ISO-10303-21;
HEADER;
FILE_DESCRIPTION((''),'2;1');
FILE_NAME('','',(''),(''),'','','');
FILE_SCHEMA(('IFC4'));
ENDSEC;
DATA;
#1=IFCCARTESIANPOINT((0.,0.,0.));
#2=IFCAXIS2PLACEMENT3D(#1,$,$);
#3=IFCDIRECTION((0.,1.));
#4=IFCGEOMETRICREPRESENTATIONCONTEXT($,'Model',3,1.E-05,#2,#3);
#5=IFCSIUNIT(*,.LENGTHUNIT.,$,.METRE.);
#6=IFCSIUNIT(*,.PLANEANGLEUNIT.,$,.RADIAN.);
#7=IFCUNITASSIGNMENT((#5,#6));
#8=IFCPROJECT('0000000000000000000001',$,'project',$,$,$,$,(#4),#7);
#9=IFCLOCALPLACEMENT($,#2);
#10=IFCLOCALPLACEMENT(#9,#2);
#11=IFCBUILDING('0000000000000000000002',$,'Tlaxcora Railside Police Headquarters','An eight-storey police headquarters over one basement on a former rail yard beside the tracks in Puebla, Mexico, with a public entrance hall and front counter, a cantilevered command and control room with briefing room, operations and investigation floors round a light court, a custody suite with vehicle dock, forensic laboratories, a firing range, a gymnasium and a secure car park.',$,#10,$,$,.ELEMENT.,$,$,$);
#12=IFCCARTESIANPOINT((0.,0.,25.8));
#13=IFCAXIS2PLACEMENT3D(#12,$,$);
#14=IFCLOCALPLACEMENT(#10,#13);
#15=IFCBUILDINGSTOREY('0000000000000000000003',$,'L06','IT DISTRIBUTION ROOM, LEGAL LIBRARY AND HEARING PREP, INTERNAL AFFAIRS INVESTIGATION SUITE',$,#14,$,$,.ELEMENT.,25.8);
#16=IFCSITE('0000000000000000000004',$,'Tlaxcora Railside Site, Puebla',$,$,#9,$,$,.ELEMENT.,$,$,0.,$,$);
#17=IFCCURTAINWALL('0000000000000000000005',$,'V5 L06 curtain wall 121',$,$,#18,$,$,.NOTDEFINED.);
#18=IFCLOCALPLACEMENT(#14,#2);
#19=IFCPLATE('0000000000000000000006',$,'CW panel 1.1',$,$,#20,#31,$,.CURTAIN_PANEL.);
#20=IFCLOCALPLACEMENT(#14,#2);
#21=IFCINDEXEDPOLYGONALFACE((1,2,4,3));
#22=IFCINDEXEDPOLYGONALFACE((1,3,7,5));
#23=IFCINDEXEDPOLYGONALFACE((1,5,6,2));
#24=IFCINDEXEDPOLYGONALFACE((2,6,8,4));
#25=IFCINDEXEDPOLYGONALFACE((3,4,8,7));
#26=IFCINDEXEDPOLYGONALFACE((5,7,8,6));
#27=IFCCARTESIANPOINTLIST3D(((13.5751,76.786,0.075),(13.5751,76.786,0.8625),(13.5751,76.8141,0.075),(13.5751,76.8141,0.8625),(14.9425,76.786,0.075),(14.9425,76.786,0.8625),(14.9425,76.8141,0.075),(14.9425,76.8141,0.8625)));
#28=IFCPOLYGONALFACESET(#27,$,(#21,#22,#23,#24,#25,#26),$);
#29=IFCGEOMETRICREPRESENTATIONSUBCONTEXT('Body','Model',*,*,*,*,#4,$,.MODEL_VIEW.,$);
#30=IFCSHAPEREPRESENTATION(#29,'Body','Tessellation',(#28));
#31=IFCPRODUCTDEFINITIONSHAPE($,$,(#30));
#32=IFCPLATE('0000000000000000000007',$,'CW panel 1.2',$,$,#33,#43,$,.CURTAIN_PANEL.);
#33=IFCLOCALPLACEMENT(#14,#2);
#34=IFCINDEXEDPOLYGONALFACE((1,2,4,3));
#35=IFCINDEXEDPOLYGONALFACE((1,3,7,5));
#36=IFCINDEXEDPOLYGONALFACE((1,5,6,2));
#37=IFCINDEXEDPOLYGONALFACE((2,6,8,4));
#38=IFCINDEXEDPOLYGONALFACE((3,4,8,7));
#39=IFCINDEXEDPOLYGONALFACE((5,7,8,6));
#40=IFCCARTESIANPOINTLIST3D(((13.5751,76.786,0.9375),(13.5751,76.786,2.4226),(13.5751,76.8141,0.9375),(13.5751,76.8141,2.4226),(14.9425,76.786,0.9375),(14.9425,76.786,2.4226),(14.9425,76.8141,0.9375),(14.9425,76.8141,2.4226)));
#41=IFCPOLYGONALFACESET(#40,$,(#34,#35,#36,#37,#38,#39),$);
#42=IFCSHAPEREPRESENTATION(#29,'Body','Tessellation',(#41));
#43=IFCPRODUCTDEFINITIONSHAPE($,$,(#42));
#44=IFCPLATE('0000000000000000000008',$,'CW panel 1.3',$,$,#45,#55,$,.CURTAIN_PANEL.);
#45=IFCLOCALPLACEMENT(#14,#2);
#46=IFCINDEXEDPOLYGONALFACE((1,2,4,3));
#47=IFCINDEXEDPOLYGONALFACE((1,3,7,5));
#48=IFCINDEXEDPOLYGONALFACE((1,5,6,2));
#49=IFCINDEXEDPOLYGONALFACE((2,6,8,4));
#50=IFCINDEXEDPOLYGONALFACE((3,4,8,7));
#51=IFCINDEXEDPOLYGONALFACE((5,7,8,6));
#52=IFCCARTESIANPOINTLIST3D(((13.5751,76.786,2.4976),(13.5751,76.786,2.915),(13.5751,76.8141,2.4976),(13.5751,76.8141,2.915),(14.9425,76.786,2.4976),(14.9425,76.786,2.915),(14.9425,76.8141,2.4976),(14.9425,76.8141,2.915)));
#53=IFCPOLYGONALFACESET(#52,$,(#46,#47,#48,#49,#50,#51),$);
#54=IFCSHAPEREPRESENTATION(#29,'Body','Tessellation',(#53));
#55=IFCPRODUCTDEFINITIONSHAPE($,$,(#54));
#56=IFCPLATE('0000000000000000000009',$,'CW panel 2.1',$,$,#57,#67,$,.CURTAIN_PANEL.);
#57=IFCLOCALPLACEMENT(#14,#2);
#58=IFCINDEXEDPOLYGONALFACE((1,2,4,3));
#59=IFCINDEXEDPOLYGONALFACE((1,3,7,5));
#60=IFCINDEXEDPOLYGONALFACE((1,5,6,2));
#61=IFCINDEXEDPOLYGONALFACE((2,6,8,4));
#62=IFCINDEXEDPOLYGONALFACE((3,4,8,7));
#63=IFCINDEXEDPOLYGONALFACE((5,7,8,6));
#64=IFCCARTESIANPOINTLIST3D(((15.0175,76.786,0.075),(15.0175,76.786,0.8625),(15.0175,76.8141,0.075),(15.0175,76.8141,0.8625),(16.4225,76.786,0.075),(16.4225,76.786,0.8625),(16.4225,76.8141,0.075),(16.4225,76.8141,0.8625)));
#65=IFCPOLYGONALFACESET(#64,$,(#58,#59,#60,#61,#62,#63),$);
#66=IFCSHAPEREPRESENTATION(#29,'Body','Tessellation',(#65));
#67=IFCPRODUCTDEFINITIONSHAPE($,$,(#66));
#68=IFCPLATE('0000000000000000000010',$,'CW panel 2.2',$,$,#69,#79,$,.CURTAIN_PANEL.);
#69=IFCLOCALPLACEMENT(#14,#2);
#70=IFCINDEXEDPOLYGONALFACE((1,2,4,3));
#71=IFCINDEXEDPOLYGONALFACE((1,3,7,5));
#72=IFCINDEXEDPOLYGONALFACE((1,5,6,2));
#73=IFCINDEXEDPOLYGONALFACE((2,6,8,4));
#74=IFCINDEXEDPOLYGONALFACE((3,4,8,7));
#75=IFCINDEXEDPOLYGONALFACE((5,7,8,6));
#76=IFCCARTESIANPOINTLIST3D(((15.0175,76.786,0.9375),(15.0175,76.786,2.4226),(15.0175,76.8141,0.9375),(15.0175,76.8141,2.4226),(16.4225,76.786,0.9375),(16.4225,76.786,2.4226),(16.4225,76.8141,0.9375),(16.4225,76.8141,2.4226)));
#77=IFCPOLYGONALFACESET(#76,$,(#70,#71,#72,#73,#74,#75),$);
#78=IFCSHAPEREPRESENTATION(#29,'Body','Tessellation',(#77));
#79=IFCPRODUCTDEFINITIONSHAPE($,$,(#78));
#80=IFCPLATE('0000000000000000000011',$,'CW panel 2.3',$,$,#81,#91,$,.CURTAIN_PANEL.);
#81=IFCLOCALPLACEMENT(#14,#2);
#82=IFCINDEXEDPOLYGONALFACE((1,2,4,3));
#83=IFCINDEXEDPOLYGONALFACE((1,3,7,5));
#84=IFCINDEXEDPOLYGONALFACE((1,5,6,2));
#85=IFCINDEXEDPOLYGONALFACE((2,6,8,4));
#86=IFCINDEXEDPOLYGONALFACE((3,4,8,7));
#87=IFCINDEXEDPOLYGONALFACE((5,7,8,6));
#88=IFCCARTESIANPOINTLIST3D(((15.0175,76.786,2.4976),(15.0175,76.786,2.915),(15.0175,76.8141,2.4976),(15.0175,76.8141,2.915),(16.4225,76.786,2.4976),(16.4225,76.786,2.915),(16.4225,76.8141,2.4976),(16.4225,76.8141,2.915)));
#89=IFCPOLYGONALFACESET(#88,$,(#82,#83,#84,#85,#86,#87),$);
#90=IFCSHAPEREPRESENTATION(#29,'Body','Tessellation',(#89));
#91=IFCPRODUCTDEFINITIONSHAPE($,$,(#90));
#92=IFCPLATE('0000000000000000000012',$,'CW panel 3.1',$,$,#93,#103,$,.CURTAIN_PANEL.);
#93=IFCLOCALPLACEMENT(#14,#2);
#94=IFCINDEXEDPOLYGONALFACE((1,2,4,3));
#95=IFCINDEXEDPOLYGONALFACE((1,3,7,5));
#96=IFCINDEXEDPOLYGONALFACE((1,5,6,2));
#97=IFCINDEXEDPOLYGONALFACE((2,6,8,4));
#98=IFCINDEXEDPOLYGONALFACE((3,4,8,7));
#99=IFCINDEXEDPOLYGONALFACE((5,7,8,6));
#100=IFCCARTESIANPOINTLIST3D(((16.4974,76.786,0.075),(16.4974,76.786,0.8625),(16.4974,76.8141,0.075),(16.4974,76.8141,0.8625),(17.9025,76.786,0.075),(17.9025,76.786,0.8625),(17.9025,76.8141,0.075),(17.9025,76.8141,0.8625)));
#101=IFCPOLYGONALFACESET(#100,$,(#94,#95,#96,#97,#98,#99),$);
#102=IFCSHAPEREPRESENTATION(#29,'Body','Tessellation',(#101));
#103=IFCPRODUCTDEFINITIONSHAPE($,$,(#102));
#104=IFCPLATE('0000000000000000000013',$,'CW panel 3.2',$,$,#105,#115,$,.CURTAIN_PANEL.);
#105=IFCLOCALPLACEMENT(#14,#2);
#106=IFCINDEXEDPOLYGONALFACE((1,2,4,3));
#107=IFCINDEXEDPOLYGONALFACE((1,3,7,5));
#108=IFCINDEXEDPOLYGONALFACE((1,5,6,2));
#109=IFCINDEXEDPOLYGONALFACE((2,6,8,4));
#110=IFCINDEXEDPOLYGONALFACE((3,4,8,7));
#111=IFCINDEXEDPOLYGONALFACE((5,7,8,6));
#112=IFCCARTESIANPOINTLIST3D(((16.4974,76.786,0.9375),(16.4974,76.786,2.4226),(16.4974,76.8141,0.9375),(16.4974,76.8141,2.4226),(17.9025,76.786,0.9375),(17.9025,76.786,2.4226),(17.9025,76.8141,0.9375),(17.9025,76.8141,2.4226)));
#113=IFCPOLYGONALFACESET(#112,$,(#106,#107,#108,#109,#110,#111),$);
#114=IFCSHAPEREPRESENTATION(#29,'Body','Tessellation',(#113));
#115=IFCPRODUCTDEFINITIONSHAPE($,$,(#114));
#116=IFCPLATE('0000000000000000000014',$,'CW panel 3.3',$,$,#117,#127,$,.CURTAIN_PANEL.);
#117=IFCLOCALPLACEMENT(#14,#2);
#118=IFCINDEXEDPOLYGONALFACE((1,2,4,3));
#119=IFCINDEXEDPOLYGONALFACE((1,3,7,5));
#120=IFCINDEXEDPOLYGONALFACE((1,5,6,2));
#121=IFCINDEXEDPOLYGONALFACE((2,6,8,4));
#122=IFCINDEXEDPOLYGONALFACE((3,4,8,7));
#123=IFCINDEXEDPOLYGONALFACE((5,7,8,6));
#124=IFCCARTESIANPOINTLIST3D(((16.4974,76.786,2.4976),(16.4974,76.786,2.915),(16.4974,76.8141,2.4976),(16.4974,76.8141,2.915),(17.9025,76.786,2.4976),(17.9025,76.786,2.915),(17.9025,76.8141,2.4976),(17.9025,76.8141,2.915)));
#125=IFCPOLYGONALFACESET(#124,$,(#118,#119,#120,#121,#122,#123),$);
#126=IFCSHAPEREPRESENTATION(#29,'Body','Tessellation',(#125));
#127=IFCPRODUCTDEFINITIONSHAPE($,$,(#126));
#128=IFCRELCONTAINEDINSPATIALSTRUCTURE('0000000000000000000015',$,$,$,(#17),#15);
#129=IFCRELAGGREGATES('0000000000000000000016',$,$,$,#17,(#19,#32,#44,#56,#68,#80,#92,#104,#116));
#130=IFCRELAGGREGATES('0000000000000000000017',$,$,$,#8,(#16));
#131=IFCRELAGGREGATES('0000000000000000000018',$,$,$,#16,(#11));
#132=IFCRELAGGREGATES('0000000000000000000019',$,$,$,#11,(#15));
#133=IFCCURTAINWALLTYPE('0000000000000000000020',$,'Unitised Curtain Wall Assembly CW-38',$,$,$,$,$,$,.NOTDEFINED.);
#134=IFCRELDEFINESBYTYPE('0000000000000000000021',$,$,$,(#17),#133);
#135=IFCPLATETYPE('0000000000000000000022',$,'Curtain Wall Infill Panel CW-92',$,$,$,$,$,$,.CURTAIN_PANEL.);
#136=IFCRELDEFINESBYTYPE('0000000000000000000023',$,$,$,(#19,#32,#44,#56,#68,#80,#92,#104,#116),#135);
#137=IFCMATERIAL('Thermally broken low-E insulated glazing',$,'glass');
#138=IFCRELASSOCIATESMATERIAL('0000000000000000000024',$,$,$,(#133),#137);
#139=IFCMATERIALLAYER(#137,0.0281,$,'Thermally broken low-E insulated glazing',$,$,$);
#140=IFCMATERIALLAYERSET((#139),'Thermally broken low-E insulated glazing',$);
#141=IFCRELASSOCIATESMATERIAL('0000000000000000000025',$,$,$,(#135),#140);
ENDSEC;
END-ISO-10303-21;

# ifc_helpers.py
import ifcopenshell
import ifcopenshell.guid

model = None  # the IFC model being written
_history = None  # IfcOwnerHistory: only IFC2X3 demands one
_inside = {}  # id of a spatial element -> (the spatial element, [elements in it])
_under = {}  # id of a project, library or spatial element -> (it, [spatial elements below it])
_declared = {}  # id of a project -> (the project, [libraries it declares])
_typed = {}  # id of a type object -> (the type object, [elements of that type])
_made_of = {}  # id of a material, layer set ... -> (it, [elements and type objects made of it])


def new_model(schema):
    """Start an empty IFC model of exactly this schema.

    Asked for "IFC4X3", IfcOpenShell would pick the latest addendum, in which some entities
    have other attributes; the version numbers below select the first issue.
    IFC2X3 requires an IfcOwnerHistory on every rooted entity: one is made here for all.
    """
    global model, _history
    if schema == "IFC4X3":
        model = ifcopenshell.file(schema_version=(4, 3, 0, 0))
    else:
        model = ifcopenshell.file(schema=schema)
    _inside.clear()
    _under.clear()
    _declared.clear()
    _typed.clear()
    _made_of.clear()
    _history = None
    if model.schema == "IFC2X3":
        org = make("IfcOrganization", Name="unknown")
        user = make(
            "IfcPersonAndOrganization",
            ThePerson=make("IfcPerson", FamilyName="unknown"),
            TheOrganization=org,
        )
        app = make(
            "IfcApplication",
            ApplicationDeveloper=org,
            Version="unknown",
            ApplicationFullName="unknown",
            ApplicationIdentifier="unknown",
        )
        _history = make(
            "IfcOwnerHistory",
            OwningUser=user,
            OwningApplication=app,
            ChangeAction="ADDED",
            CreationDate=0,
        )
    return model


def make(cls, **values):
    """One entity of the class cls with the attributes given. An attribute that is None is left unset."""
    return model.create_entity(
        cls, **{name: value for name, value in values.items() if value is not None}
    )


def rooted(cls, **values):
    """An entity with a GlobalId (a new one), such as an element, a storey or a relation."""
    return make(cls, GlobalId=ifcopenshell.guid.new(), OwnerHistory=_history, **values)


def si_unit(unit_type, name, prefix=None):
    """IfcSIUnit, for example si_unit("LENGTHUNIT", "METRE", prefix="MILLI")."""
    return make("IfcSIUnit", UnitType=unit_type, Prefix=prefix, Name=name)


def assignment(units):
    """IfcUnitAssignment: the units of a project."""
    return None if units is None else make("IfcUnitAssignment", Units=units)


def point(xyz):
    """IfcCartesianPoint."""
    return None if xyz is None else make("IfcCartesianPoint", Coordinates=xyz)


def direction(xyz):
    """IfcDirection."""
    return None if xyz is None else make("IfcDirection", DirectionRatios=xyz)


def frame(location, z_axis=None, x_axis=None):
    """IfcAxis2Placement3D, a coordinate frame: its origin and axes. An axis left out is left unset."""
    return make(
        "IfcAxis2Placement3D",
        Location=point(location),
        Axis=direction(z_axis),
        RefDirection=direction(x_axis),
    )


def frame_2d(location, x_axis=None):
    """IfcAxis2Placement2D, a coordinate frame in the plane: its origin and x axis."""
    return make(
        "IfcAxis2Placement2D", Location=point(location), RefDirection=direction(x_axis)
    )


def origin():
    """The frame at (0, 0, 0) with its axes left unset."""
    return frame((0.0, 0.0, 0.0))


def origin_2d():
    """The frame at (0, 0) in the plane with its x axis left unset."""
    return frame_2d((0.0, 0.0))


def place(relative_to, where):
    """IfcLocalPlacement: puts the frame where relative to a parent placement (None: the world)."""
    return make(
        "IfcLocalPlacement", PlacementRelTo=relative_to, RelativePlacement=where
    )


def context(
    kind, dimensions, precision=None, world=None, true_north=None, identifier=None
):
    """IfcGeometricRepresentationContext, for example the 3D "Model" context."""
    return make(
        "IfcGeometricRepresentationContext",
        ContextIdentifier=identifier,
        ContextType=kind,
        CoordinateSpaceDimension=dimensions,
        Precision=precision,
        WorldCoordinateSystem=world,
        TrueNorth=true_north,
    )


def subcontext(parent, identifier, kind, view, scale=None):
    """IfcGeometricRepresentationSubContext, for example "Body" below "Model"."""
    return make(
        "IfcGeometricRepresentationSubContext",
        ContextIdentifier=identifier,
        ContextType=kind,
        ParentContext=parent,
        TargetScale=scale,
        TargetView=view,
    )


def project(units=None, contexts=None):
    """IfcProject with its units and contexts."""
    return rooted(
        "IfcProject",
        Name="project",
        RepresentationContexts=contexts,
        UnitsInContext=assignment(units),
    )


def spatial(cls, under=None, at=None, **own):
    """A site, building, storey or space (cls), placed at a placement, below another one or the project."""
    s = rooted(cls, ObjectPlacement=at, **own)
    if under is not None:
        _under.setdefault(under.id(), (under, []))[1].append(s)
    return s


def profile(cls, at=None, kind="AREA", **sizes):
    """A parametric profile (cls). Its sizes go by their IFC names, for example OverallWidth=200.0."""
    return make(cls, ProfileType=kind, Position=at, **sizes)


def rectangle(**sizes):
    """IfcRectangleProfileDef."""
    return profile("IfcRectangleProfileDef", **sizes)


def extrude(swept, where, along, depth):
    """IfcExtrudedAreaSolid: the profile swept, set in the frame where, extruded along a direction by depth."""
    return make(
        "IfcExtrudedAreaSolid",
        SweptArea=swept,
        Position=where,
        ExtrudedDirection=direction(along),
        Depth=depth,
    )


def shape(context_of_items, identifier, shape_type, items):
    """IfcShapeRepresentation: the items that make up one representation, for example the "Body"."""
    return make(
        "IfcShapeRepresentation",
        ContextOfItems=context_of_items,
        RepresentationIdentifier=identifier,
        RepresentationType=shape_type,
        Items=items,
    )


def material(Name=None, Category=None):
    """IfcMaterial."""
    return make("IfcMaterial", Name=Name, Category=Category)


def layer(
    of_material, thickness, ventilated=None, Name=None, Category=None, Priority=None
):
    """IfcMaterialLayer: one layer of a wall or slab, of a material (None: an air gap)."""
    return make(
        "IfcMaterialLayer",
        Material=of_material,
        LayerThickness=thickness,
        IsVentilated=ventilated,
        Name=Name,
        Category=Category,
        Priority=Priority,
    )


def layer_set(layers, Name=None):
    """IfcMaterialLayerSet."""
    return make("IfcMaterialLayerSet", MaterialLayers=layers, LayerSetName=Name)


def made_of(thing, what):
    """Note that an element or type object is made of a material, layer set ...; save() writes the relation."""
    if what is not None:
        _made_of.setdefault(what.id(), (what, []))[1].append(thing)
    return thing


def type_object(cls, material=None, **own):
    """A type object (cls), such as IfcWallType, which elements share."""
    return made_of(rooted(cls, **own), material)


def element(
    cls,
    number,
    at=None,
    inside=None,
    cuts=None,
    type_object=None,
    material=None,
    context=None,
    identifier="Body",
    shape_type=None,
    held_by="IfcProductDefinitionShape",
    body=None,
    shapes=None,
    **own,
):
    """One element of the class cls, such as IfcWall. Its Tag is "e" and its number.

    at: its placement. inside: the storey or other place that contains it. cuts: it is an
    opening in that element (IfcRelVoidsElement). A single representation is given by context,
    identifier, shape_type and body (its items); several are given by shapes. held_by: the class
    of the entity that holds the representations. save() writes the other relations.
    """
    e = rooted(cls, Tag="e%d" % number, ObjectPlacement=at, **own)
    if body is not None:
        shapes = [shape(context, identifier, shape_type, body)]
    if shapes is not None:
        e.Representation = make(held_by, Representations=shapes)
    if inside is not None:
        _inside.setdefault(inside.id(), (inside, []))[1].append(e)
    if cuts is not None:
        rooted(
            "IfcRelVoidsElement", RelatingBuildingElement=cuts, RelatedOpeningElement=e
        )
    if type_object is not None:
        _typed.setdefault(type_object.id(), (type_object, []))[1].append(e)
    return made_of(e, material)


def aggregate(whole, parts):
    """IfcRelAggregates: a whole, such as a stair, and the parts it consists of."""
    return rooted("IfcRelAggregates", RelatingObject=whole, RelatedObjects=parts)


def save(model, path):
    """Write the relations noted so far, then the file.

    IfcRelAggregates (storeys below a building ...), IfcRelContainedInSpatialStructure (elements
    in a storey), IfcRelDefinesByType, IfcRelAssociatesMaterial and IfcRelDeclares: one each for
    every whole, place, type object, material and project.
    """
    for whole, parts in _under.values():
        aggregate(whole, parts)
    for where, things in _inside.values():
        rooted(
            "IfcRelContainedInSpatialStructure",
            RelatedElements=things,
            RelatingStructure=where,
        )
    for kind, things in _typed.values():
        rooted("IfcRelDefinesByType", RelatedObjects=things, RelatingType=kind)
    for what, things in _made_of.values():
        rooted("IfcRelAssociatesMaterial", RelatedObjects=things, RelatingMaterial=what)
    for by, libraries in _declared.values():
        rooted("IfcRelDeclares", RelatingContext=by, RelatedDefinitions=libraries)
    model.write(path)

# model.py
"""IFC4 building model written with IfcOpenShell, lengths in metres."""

from ifc_helpers import new_model, si_unit, direction, frame, origin, origin_2d, place, context, subcontext, project, spatial, rectangle, extrude, material, layer, layer_set, type_object, element, aggregate, save


model = new_model("IFC4")

# Units and contexts
model_context = context("Model", 3, precision=1e-05, world=origin(), true_north=direction((0.0, 1.0)))
body_context = subcontext(model_context, "Body", "Model", "MODEL_VIEW")
ifc_project = project(units=[si_unit("LENGTHUNIT", "METRE"), si_unit("PLANEANGLEUNIT", "RADIAN")], contexts=[model_context])

# Site, building, storey
site_placement = place(None, origin())
site = spatial("IfcSite", under=ifc_project, at=site_placement, Name="Tlaxcora Railside Site, Puebla", CompositionType="ELEMENT", RefElevation=0.0)
building_placement = place(site_placement, origin())
building = spatial("IfcBuilding", under=site, at=building_placement, Name="Tlaxcora Railside Police Headquarters", Description="An eight-storey police headquarters over one basement on a former rail yard beside the tracks in Puebla, Mexico, with a public entrance hall and front counter, a cantilevered command and control room with briefing room, operations and investigation floors round a light court, a custody suite with vehicle dock, forensic laboratories, a firing range, a gymnasium and a secure car park.", CompositionType="ELEMENT")
storey_placement = place(building_placement, frame((0.0, 0.0, 25.8)))
storey = spatial("IfcBuildingStorey", under=building, at=storey_placement, Name="L06", Description="IT DISTRIBUTION ROOM, LEGAL LIBRARY AND HEARING PREP, INTERNAL AFFAIRS INVESTIGATION SUITE", CompositionType="ELEMENT", Elevation=25.8)

# Curtain wall, plates
ifc_material_1 = material(Name="Thermally broken low-E insulated glazing", Category="glass")
curtain_wall_type = type_object("IfcCurtainWallType", Name="Unitised Curtain Wall Assembly CW-38", PredefinedType="NOTDEFINED", material=ifc_material_1)
curtain_wall_placement = place(storey_placement, origin())
curtain_wall = element("IfcCurtainWall", 1, at=curtain_wall_placement, inside=storey, type_object=curtain_wall_type, Name="V5 L06 curtain wall 121", PredefinedType="NOTDEFINED")
ifc_layer = layer(ifc_material_1, 0.0281, Name="Thermally broken low-E insulated glazing")
ifc_layer_set = layer_set([ifc_layer], Name="Thermally broken low-E insulated glazing")
plate_type = type_object("IfcPlateType", Name="Curtain Wall Infill Panel CW-92", PredefinedType="CURTAIN_PANEL", material=ifc_layer_set)
plate_1_placement = place(storey_placement, frame((14.2588, 76.8, 0.075), z_axis=(0.0, 0.0, 1.0), x_axis=(1.0, 0.0, 0.0)))
plate_1 = element("IfcPlate", 2, at=plate_1_placement, type_object=plate_type, Name="CW panel 1.1", PredefinedType="CURTAIN_PANEL", context=body_context, shape_type="SweptSolid", body=[
    extrude(rectangle(XDim=1.3674, YDim=0.0281, at=origin_2d()), origin(), (0.0, 0.0, 1.0), 0.7876),
])
plate_2_placement = place(storey_placement, frame((14.2588, 76.8, 0.9375), z_axis=(0.0, 0.0, 1.0), x_axis=(1.0, 0.0, 0.0)))
plate_2 = element("IfcPlate", 3, at=plate_2_placement, type_object=plate_type, Name="CW panel 1.2", PredefinedType="CURTAIN_PANEL", context=body_context, shape_type="SweptSolid", body=[
    extrude(rectangle(XDim=1.3674, YDim=0.0281, at=origin_2d()), origin(), (0.0, 0.0, 1.0), 1.4851),
])
plate_3_placement = place(storey_placement, frame((14.2588, 76.8, 2.4976), z_axis=(0.0, 0.0, 1.0), x_axis=(1.0, 0.0, 0.0)))
plate_3 = element("IfcPlate", 4, at=plate_3_placement, type_object=plate_type, Name="CW panel 1.3", PredefinedType="CURTAIN_PANEL", context=body_context, shape_type="SweptSolid", body=[
    extrude(rectangle(XDim=1.3674, YDim=0.0281, at=origin_2d()), origin(), (0.0, 0.0, 1.0), 0.4175),
])
plate_4_placement = place(storey_placement, frame((15.72, 76.8, 0.075), z_axis=(0.0, 0.0, 1.0), x_axis=(1.0, 0.0, 0.0)))
plate_4 = element("IfcPlate", 5, at=plate_4_placement, type_object=plate_type, Name="CW panel 2.1", PredefinedType="CURTAIN_PANEL", context=body_context, shape_type="SweptSolid", body=[
    extrude(rectangle(XDim=1.405, YDim=0.0281, at=origin_2d()), origin(), (0.0, 0.0, 1.0), 0.7876),
])
plate_5_placement = place(storey_placement, frame((15.72, 76.8, 0.9375), z_axis=(0.0, 0.0, 1.0), x_axis=(1.0, 0.0, 0.0)))
plate_5 = element("IfcPlate", 6, at=plate_5_placement, type_object=plate_type, Name="CW panel 2.2", PredefinedType="CURTAIN_PANEL", context=body_context, shape_type="SweptSolid", body=[
    extrude(rectangle(XDim=1.405, YDim=0.0281, at=origin_2d()), origin(), (0.0, 0.0, 1.0), 1.4851),
])
plate_6_placement = place(storey_placement, frame((15.72, 76.8, 2.4976), z_axis=(0.0, 0.0, 1.0), x_axis=(1.0, 0.0, 0.0)))
plate_6 = element("IfcPlate", 7, at=plate_6_placement, type_object=plate_type, Name="CW panel 2.3", PredefinedType="CURTAIN_PANEL", context=body_context, shape_type="SweptSolid", body=[
    extrude(rectangle(XDim=1.405, YDim=0.0281, at=origin_2d()), origin(), (0.0, 0.0, 1.0), 0.4175),
])
plate_7_placement = place(storey_placement, frame((17.2, 76.8, 0.075), z_axis=(0.0, 0.0, 1.0), x_axis=(1.0, 0.0, 0.0)))
plate_7 = element("IfcPlate", 8, at=plate_7_placement, type_object=plate_type, Name="CW panel 3.1", PredefinedType="CURTAIN_PANEL", context=body_context, shape_type="SweptSolid", body=[
    extrude(rectangle(XDim=1.405, YDim=0.0281, at=origin_2d()), origin(), (0.0, 0.0, 1.0), 0.7876),
])
plate_8_placement = place(storey_placement, frame((17.2, 76.8, 0.9375), z_axis=(0.0, 0.0, 1.0), x_axis=(1.0, 0.0, 0.0)))
plate_8 = element("IfcPlate", 9, at=plate_8_placement, type_object=plate_type, Name="CW panel 3.2", PredefinedType="CURTAIN_PANEL", context=body_context, shape_type="SweptSolid", body=[
    extrude(rectangle(XDim=1.405, YDim=0.0281, at=origin_2d()), origin(), (0.0, 0.0, 1.0), 1.4851),
])
plate_9_placement = place(storey_placement, frame((17.2, 76.8, 2.4976), z_axis=(0.0, 0.0, 1.0), x_axis=(1.0, 0.0, 0.0)))
plate_9 = element("IfcPlate", 10, at=plate_9_placement, type_object=plate_type, Name="CW panel 3.3", PredefinedType="CURTAIN_PANEL", context=body_context, shape_type="SweptSolid", body=[
    extrude(rectangle(XDim=1.405, YDim=0.0281, at=origin_2d()), origin(), (0.0, 0.0, 1.0), 0.4175),
])
aggregate(curtain_wall, [plate_1, plate_2, plate_3, plate_4, plate_5, plate_6, plate_7, plate_8, plate_9])

save(model, "model.ifc")
